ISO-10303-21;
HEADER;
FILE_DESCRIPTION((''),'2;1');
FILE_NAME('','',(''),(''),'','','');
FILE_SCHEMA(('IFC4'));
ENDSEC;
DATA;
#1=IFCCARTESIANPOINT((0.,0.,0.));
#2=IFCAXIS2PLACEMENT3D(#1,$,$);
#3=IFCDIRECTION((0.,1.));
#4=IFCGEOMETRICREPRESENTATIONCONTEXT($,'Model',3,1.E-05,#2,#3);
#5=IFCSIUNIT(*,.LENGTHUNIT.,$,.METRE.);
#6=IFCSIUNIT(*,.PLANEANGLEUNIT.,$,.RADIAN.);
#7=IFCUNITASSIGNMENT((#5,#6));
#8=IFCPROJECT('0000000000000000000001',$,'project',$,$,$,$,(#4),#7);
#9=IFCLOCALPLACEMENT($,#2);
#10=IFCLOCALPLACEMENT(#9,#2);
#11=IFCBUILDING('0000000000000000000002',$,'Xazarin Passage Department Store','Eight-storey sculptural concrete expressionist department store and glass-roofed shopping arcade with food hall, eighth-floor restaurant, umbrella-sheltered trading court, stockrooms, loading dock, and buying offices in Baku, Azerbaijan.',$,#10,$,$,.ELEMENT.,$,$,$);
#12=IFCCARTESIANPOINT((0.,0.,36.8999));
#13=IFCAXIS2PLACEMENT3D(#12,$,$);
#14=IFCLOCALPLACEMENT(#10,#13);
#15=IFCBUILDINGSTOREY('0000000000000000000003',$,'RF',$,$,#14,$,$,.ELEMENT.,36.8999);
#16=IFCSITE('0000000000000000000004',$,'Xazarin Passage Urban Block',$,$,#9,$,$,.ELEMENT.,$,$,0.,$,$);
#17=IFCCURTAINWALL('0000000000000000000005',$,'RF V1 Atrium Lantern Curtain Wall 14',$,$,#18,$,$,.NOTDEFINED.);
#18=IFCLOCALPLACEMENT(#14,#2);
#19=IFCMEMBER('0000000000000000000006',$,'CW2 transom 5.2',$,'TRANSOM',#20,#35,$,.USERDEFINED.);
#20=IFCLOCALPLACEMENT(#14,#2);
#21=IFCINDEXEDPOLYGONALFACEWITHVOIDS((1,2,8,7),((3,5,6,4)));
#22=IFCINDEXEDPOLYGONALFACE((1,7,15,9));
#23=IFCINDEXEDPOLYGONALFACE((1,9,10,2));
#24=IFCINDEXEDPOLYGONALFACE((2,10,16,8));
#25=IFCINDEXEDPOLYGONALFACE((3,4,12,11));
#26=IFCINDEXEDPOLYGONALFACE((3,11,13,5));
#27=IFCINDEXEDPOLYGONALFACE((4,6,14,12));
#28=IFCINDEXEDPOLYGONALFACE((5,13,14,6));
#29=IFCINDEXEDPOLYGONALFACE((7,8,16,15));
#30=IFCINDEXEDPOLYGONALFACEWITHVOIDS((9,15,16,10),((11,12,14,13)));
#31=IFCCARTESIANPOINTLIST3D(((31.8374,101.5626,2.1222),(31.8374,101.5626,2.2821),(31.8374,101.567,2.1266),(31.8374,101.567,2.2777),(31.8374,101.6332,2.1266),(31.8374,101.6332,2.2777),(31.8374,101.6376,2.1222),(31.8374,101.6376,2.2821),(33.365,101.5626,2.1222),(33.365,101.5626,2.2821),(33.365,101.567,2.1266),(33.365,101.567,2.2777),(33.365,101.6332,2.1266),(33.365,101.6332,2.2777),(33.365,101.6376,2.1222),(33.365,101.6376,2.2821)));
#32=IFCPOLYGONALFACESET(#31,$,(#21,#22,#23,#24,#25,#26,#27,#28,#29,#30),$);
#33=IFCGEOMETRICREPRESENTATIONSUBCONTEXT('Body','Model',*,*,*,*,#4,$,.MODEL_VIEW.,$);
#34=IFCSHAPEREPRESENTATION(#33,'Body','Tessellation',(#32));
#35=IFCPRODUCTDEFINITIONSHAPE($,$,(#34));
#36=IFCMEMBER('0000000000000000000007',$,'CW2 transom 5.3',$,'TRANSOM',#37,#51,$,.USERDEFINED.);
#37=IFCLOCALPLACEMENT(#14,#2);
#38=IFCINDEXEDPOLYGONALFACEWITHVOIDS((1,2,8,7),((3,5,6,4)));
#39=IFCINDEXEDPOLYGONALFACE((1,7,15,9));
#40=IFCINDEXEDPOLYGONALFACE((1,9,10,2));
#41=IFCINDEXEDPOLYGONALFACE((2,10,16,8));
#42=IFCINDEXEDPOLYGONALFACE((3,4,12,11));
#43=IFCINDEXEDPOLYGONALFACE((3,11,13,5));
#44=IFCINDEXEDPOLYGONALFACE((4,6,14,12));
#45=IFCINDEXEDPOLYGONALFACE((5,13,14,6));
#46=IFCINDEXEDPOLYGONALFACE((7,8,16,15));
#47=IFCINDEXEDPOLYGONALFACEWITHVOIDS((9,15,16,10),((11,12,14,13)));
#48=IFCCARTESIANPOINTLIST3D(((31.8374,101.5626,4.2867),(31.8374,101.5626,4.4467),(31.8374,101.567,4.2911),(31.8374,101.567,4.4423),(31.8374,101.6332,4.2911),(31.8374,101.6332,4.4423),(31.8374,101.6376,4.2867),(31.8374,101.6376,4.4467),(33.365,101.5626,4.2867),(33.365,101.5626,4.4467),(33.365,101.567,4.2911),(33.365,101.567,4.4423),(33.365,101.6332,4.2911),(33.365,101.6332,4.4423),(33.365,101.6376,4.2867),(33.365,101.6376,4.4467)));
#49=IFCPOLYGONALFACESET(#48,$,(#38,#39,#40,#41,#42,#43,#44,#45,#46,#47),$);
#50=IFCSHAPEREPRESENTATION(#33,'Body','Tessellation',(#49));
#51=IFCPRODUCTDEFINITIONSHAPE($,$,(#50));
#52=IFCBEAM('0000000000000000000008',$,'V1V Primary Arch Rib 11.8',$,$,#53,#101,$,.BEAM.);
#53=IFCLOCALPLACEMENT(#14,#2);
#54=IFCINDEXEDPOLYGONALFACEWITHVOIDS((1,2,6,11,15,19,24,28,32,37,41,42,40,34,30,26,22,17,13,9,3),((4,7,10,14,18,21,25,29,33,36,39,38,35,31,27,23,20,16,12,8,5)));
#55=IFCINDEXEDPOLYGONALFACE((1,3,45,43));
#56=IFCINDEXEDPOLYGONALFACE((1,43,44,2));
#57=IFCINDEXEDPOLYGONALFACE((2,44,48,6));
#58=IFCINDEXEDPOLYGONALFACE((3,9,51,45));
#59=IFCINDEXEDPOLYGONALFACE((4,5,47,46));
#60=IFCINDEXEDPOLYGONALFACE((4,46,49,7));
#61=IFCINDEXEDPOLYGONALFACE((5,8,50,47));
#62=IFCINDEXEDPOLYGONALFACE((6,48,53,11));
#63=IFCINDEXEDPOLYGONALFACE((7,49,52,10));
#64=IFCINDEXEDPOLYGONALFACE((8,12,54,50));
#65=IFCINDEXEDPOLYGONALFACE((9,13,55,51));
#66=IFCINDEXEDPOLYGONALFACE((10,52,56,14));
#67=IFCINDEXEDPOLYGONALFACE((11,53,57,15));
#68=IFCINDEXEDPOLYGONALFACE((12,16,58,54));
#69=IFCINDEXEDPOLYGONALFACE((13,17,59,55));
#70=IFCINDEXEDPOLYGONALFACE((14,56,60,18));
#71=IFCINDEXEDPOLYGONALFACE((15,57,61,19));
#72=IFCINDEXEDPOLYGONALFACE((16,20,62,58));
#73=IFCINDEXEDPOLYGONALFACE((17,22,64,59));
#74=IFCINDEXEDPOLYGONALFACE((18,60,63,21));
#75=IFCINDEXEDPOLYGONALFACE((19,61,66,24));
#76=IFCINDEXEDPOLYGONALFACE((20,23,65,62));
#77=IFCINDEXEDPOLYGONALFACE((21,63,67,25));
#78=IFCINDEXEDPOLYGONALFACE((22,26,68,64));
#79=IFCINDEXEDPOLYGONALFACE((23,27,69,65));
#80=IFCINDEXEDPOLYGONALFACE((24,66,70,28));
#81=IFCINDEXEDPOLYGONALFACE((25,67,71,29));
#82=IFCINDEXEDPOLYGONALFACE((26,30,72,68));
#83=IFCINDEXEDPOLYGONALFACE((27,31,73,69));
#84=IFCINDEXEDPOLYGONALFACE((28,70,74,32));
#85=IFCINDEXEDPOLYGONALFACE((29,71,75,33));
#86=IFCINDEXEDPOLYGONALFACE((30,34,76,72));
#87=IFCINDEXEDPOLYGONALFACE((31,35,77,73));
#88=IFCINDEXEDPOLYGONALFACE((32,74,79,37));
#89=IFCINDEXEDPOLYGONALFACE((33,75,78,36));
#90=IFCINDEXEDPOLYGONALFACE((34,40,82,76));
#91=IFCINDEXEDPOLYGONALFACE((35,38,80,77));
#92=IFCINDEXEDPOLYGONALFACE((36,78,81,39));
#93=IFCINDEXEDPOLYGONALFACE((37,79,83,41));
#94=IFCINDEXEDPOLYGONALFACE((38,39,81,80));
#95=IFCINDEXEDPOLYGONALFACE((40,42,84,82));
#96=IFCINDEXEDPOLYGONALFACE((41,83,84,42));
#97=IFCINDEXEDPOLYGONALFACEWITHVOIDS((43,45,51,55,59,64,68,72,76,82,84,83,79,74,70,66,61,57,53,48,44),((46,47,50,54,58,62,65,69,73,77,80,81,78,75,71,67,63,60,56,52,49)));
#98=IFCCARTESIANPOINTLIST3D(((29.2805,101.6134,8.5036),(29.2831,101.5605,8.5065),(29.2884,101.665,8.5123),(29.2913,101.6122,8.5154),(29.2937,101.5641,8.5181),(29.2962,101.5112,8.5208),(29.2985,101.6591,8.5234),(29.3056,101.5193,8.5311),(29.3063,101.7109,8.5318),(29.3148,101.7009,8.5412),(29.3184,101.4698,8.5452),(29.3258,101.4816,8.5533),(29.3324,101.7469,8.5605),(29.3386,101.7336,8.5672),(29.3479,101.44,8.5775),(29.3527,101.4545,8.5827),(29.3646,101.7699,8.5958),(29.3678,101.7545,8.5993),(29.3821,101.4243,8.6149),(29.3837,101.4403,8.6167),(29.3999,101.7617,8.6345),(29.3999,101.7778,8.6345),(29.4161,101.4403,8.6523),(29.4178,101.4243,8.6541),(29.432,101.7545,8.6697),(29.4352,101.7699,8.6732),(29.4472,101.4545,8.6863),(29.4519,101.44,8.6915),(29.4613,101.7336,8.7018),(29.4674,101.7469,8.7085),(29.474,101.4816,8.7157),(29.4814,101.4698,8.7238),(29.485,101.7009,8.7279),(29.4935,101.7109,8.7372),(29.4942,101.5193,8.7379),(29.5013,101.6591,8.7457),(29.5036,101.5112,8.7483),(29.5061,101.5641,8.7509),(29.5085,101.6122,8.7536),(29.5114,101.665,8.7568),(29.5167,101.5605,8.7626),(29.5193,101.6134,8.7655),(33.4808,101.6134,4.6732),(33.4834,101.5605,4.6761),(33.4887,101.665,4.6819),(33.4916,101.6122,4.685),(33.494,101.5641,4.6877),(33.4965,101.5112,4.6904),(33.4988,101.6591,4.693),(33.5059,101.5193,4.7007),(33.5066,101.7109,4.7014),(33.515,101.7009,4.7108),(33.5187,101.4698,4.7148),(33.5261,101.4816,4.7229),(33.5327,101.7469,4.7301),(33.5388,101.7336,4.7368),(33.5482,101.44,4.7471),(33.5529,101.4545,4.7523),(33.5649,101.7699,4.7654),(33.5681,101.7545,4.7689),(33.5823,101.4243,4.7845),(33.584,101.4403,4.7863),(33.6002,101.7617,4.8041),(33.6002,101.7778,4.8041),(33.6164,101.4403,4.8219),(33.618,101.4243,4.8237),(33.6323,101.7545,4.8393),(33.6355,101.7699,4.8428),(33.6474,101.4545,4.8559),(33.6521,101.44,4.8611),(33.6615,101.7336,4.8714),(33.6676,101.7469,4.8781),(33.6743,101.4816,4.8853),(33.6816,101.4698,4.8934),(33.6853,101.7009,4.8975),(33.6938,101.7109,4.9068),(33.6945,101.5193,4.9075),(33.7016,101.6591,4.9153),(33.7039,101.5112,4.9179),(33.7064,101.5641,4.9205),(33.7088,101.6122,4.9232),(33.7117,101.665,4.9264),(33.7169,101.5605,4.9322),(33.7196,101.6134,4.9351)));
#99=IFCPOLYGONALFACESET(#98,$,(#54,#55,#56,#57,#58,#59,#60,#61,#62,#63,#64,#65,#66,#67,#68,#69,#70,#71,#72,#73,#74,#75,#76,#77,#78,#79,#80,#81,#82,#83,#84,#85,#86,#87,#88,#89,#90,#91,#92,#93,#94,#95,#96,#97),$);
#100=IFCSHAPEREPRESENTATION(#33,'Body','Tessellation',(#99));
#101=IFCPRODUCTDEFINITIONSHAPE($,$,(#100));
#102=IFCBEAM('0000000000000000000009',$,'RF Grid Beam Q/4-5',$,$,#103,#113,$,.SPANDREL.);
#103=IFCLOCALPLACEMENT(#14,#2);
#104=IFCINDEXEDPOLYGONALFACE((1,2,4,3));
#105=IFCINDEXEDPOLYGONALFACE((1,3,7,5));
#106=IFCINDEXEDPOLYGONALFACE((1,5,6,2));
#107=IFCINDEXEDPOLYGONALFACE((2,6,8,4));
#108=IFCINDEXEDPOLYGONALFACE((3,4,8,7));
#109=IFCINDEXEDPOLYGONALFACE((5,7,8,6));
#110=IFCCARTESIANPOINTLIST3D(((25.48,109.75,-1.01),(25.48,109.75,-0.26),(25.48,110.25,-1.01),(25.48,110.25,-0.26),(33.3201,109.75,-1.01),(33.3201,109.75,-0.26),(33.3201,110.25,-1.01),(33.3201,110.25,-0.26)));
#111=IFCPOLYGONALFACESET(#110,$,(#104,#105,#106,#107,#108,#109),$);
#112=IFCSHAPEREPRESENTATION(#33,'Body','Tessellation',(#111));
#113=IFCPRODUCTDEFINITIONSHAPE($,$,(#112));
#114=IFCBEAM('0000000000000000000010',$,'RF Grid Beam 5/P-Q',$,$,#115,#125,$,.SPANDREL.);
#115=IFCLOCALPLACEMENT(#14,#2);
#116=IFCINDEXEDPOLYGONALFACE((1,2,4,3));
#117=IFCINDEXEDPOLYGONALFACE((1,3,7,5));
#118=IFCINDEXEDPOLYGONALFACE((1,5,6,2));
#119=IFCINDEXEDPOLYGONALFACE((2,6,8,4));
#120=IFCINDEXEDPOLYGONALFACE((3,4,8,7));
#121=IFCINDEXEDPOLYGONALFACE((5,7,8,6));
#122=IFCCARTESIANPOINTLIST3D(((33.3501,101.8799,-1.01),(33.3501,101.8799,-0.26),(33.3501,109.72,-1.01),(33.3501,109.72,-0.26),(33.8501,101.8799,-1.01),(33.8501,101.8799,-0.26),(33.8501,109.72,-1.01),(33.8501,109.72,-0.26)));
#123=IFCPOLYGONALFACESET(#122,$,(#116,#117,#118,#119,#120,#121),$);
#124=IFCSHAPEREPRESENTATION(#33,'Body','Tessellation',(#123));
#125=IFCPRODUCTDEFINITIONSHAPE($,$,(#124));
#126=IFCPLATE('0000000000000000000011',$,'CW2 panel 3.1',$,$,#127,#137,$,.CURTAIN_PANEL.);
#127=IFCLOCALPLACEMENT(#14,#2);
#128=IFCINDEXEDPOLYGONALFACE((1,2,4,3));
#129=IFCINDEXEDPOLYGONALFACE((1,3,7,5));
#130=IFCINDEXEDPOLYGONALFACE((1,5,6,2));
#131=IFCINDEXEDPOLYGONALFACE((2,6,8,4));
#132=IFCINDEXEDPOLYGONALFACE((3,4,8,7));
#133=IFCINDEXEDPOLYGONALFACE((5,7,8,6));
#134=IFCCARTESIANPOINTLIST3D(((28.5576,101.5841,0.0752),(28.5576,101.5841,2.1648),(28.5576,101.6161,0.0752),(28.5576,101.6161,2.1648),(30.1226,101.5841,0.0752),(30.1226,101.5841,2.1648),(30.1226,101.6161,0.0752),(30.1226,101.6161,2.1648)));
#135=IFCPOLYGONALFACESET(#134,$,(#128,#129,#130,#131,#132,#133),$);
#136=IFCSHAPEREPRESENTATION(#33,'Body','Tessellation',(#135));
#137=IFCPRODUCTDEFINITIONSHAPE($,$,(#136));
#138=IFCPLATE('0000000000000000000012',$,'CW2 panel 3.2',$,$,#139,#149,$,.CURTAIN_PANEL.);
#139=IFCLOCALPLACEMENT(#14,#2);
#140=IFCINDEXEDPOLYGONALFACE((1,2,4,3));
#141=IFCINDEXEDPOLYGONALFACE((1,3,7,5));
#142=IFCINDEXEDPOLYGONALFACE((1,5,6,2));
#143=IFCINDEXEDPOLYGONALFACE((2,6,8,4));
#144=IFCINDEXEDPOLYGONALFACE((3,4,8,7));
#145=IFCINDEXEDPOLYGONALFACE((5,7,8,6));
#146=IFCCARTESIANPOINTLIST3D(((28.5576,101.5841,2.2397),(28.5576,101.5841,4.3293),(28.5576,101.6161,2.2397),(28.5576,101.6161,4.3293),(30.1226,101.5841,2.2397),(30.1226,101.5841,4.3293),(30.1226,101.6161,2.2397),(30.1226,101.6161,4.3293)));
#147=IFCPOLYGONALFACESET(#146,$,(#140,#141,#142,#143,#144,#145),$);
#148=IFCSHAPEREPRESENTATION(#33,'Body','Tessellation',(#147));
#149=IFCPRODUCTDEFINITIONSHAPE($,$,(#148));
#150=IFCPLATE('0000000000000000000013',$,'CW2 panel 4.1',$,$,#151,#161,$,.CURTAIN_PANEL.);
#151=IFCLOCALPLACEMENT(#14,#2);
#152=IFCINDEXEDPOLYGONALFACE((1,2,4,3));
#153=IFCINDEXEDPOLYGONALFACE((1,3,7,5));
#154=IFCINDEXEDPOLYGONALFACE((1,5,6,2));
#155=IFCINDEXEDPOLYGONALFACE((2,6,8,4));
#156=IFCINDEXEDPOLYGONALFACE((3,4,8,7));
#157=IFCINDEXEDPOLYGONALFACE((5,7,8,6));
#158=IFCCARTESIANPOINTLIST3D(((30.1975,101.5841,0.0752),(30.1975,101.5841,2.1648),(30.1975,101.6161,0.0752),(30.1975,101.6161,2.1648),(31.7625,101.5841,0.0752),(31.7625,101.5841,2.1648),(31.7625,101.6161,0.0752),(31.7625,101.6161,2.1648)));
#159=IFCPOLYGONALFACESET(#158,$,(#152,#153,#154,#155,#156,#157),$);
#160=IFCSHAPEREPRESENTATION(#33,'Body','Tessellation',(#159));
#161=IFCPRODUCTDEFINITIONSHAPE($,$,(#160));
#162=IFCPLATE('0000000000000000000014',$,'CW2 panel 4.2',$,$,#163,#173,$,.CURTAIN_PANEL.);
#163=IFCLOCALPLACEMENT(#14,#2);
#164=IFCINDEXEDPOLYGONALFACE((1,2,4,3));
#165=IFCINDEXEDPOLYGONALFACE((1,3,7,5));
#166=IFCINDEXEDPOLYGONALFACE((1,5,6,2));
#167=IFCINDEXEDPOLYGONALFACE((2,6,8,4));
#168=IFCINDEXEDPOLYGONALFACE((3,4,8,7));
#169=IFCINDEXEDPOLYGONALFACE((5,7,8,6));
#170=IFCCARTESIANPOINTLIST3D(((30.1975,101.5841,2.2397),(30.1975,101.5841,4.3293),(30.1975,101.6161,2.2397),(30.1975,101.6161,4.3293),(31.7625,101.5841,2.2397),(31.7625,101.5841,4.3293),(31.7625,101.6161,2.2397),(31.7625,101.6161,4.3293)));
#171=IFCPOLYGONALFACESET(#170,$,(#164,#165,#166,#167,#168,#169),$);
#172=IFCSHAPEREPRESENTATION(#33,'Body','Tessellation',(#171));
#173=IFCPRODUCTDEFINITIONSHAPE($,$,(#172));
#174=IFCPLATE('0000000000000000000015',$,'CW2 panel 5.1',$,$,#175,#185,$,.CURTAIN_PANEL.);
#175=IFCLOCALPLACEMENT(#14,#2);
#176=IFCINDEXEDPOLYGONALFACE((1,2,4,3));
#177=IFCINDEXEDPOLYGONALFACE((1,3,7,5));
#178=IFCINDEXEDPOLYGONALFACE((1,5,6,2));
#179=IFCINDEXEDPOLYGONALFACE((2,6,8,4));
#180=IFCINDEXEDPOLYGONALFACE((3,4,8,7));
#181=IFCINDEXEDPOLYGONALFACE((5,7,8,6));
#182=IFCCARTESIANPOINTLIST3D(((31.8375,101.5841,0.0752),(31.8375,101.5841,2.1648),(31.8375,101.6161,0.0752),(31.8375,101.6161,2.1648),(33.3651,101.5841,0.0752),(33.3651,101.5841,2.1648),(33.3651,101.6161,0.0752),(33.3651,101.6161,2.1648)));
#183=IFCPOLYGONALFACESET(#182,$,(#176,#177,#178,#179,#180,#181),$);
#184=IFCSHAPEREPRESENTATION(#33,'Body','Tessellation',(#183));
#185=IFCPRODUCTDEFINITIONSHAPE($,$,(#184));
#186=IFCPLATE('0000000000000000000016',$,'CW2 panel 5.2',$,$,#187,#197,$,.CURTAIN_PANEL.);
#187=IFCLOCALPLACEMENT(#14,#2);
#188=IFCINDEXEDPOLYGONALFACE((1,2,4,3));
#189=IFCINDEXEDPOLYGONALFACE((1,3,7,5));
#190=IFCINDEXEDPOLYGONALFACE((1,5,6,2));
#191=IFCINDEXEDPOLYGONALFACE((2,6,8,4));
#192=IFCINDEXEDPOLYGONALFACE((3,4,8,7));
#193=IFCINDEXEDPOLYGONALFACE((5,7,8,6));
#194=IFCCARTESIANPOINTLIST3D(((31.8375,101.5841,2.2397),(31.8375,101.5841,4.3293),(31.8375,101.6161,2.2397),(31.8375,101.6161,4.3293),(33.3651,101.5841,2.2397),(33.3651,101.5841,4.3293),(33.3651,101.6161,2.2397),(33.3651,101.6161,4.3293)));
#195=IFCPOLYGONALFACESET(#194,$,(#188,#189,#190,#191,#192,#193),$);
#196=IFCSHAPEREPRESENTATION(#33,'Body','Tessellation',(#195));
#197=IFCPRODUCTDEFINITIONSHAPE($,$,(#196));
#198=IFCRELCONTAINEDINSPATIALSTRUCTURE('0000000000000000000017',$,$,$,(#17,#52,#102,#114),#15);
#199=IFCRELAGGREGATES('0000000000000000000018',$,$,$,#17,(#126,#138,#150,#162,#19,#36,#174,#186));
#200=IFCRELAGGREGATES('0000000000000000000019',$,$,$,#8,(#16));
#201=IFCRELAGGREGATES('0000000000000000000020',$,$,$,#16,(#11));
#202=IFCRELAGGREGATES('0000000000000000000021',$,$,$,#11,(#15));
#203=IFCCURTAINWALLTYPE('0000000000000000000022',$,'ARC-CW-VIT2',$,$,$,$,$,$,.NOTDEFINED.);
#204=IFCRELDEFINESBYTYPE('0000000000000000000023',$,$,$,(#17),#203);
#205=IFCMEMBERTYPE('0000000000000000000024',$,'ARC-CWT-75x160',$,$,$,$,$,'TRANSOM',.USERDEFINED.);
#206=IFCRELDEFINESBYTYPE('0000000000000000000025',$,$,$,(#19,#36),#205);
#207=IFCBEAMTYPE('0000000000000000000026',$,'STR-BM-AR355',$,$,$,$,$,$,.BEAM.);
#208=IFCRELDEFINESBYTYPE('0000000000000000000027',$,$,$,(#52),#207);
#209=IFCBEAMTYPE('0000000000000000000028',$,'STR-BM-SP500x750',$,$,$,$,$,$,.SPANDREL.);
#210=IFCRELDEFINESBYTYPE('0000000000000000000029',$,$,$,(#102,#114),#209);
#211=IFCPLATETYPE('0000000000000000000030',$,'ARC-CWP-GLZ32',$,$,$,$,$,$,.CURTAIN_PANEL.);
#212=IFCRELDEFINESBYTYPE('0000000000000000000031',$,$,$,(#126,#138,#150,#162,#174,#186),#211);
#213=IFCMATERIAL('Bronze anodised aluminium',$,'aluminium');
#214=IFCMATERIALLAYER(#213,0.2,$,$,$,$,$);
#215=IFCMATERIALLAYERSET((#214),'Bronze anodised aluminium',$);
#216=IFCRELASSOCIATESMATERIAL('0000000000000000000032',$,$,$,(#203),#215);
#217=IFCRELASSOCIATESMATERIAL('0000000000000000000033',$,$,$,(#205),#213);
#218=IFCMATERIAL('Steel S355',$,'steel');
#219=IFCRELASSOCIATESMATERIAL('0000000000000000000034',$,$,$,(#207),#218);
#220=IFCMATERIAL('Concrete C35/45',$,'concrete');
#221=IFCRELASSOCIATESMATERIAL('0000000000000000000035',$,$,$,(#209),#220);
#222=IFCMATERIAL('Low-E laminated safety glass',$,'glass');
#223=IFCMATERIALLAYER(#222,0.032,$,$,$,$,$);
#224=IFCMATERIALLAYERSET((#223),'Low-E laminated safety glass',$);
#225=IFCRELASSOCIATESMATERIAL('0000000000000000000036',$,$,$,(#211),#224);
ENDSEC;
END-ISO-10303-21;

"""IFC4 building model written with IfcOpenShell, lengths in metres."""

from ifc_helpers import new_model, si_unit, direction, frame, origin, origin_2d, place, context, subcontext, project, spatial, rectangle, hollow_rectangle, hollow_circle, extrude, material, layer, layer_set, material_profile, profile_set, type_object, element, aggregate, save


model = new_model("IFC4")

# Units and contexts
model_context = context("Model", 3, precision=1e-05, world=origin(), true_north=direction((0.0, 1.0)))
body_context = subcontext(model_context, "Body", "Model", "MODEL_VIEW")
ifc_project = project(units=[si_unit("LENGTHUNIT", "METRE"), si_unit("PLANEANGLEUNIT", "RADIAN")], contexts=[model_context])

# Site, building, storey
site_placement = place(None, origin())
site = spatial("IfcSite", under=ifc_project, at=site_placement, Name="Xazarin Passage Urban Block", CompositionType="ELEMENT", RefElevation=0.0)
building_placement = place(site_placement, origin())
building = spatial("IfcBuilding", under=site, at=building_placement, Name="Xazarin Passage Department Store", Description="Eight-storey sculptural concrete expressionist department store and glass-roofed shopping arcade with food hall, eighth-floor restaurant, umbrella-sheltered trading court, stockrooms, loading dock, and buying offices in Baku, Azerbaijan.", CompositionType="ELEMENT")
storey_placement = place(building_placement, frame((0.0, 0.0, 36.8999)))
storey = spatial("IfcBuildingStorey", under=building, at=storey_placement, Name="RF", CompositionType="ELEMENT", Elevation=36.8999)

# Shared definitions
ifc_material_1 = material(Name="Steel S355", Category="steel")

# Curtain wall, members
ifc_material_2 = material(Name="Bronze anodised aluminium", Category="aluminium")
ifc_layer_1 = layer(ifc_material_2, 0.2)
ifc_layer_set_1 = layer_set([ifc_layer_1], Name="Bronze anodised aluminium")
curtain_wall_type = type_object("IfcCurtainWallType", Name="ARC-CW-VIT2", PredefinedType="NOTDEFINED", material=ifc_layer_set_1)
curtain_wall_placement = place(storey_placement, origin())
curtain_wall = element("IfcCurtainWall", 1, at=curtain_wall_placement, inside=storey, type_object=curtain_wall_type, Name="RF V1 Atrium Lantern Curtain Wall 14", PredefinedType="NOTDEFINED")
ifc_material_profile_1 = material_profile(ifc_material_2, hollow_rectangle(XDim=0.075, YDim=0.1599, WallThickness=0.0044, at=origin_2d()), Name="ALU 75x160")
ifc_profile_set_1 = profile_set([ifc_material_profile_1], Name="Bronze anodised aluminium")
member_type_1 = type_object("IfcMemberType", Name="ARC-CWT-75x160", ElementType="TRANSOM", PredefinedType="USERDEFINED", material=ifc_profile_set_1)
member_1_placement = place(storey_placement, frame((31.8374, 101.6001, 2.2021), z_axis=(1.0, 0.0, 0.0), x_axis=(0.0, 1.0, 0.0)))
member_1 = element("IfcMember", 2, at=member_1_placement, type_object=member_type_1, Name="CW2 transom 5.2", ObjectType="TRANSOM", PredefinedType="USERDEFINED", context=body_context, shape_type="SweptSolid", body=[
    extrude(hollow_rectangle(XDim=0.075, YDim=0.1599, WallThickness=0.0044, at=origin_2d()), origin(), (0.0, 0.0, 1.0), 1.5276),
])
member_2_placement = place(storey_placement, frame((31.8374, 101.6001, 4.3667), z_axis=(1.0, 0.0, 0.0), x_axis=(0.0, 1.0, 0.0)))
member_2 = element("IfcMember", 3, at=member_2_placement, type_object=member_type_1, Name="CW2 transom 5.3", ObjectType="TRANSOM", PredefinedType="USERDEFINED", context=body_context, shape_type="SweptSolid", body=[
    extrude(hollow_rectangle(XDim=0.075, YDim=0.1599, WallThickness=0.0044, at=origin_2d()), origin(), (0.0, 0.0, 1.0), 1.5276),
])

# Beams
ifc_material_profile_2 = material_profile(ifc_material_1, hollow_circle(Radius=0.1777, WallThickness=0.0161, at=origin_2d()), Name="CHS 355.6x16")
ifc_profile_set_2 = profile_set([ifc_material_profile_2], Name="Steel S355")
beam_type_1 = type_object("IfcBeamType", Name="STR-BM-AR355", PredefinedType="BEAM", material=ifc_profile_set_2)
beam_placement = place(storey_placement, frame((29.3999, 101.6001, 8.6345), z_axis=(0.738892, 0.0, -0.673824), x_axis=(0.0, 1.0, 0.0)))
element("IfcBeam", 4, at=beam_placement, inside=storey, type_object=beam_type_1, Name="V1V Primary Arch Rib 11.8", PredefinedType="BEAM", context=body_context, shape_type="SweptSolid", body=[
    extrude(hollow_circle(Radius=0.1777, WallThickness=0.0161, at=origin_2d()), origin(), (0.0, 0.0, 1.0), 5.6846),
])
ifc_material_3 = material(Name="Concrete C35/45", Category="concrete")
ifc_material_profile_3 = material_profile(ifc_material_3, rectangle(XDim=0.5, YDim=0.75, at=origin_2d()), Name="RC 500x750")
ifc_profile_set_3 = profile_set([ifc_material_profile_3], Name="Concrete C35/45")
beam_type_2 = type_object("IfcBeamType", Name="STR-BM-SP500x750", PredefinedType="SPANDREL", material=ifc_profile_set_3)
for number, where, z_axis, x_axis, name in (
    (5, (25.48, 110.0, -0.635), (1.0, 0.0, 0.0), (0.0, 1.0, 0.0), "RF Grid Beam Q/4-5"),
    (6, (33.6001, 101.8799, -0.635), (0.0, 1.0, 0.0), (-1.0, 0.0, 0.0), "RF Grid Beam 5/P-Q"),
):
    element("IfcBeam", number, at=place(storey_placement, frame(where, z_axis=z_axis, x_axis=x_axis)), inside=storey, type_object=beam_type_2, Name=name, PredefinedType="SPANDREL", context=body_context, shape_type="SweptSolid", body=[
        extrude(rectangle(XDim=0.5, YDim=0.75, at=origin_2d()), origin(), (0.0, 0.0, 1.0), 7.8401),
    ])

# Plates
ifc_material_4 = material(Name="Low-E laminated safety glass", Category="glass")
ifc_layer_2 = layer(ifc_material_4, 0.032)
ifc_layer_set_2 = layer_set([ifc_layer_2], Name="Low-E laminated safety glass")
plate_type_1 = type_object("IfcPlateType", Name="ARC-CWP-GLZ32", PredefinedType="CURTAIN_PANEL", material=ifc_layer_set_2)
plate_1_placement = place(storey_placement, frame((29.3401, 101.6001, 0.0752), z_axis=(0.0, 0.0, 1.0), x_axis=(1.0, 0.0, 0.0)))
plate_1 = element("IfcPlate", 7, at=plate_1_placement, type_object=plate_type_1, Name="CW2 panel 3.1", PredefinedType="CURTAIN_PANEL", context=body_context, shape_type="SweptSolid", body=[
    extrude(rectangle(XDim=1.5649, YDim=0.032, at=origin_2d()), origin(), (0.0, 0.0, 1.0), 2.0896),
])
plate_2_placement = place(storey_placement, frame((29.3401, 101.6001, 2.2397), z_axis=(0.0, 0.0, 1.0), x_axis=(1.0, 0.0, 0.0)))
plate_2 = element("IfcPlate", 8, at=plate_2_placement, type_object=plate_type_1, Name="CW2 panel 3.2", PredefinedType="CURTAIN_PANEL", context=body_context, shape_type="SweptSolid", body=[
    extrude(rectangle(XDim=1.5649, YDim=0.032, at=origin_2d()), origin(), (0.0, 0.0, 1.0), 2.0896),
])
plate_3_placement = place(storey_placement, frame((30.98, 101.6001, 0.0752), z_axis=(0.0, 0.0, 1.0), x_axis=(1.0, 0.0, 0.0)))
plate_3 = element("IfcPlate", 9, at=plate_3_placement, type_object=plate_type_1, Name="CW2 panel 4.1", PredefinedType="CURTAIN_PANEL", context=body_context, shape_type="SweptSolid", body=[
    extrude(rectangle(XDim=1.5649, YDim=0.032, at=origin_2d()), origin(), (0.0, 0.0, 1.0), 2.0896),
])
plate_4_placement = place(storey_placement, frame((30.98, 101.6001, 2.2397), z_axis=(0.0, 0.0, 1.0), x_axis=(1.0, 0.0, 0.0)))
plate_4 = element("IfcPlate", 10, at=plate_4_placement, type_object=plate_type_1, Name="CW2 panel 4.2", PredefinedType="CURTAIN_PANEL", context=body_context, shape_type="SweptSolid", body=[
    extrude(rectangle(XDim=1.5649, YDim=0.032, at=origin_2d()), origin(), (0.0, 0.0, 1.0), 2.0896),
])
plate_5_placement = place(storey_placement, frame((32.6013, 101.6001, 0.0752), z_axis=(0.0, 0.0, 1.0), x_axis=(1.0, 0.0, 0.0)))
plate_5 = element("IfcPlate", 11, at=plate_5_placement, type_object=plate_type_1, Name="CW2 panel 5.1", PredefinedType="CURTAIN_PANEL", context=body_context, shape_type="SweptSolid", body=[
    extrude(rectangle(XDim=1.5276, YDim=0.032, at=origin_2d()), origin(), (0.0, 0.0, 1.0), 2.0896),
])
plate_6_placement = place(storey_placement, frame((32.6013, 101.6001, 2.2397), z_axis=(0.0, 0.0, 1.0), x_axis=(1.0, 0.0, 0.0)))
plate_6 = element("IfcPlate", 12, at=plate_6_placement, type_object=plate_type_1, Name="CW2 panel 5.2", PredefinedType="CURTAIN_PANEL", context=body_context, shape_type="SweptSolid", body=[
    extrude(rectangle(XDim=1.5276, YDim=0.032, at=origin_2d()), origin(), (0.0, 0.0, 1.0), 2.0896),
])
aggregate(curtain_wall, [plate_1, plate_2, plate_3, plate_4, member_1, member_2, plate_5, plate_6])

save(model, "model.ifc")
